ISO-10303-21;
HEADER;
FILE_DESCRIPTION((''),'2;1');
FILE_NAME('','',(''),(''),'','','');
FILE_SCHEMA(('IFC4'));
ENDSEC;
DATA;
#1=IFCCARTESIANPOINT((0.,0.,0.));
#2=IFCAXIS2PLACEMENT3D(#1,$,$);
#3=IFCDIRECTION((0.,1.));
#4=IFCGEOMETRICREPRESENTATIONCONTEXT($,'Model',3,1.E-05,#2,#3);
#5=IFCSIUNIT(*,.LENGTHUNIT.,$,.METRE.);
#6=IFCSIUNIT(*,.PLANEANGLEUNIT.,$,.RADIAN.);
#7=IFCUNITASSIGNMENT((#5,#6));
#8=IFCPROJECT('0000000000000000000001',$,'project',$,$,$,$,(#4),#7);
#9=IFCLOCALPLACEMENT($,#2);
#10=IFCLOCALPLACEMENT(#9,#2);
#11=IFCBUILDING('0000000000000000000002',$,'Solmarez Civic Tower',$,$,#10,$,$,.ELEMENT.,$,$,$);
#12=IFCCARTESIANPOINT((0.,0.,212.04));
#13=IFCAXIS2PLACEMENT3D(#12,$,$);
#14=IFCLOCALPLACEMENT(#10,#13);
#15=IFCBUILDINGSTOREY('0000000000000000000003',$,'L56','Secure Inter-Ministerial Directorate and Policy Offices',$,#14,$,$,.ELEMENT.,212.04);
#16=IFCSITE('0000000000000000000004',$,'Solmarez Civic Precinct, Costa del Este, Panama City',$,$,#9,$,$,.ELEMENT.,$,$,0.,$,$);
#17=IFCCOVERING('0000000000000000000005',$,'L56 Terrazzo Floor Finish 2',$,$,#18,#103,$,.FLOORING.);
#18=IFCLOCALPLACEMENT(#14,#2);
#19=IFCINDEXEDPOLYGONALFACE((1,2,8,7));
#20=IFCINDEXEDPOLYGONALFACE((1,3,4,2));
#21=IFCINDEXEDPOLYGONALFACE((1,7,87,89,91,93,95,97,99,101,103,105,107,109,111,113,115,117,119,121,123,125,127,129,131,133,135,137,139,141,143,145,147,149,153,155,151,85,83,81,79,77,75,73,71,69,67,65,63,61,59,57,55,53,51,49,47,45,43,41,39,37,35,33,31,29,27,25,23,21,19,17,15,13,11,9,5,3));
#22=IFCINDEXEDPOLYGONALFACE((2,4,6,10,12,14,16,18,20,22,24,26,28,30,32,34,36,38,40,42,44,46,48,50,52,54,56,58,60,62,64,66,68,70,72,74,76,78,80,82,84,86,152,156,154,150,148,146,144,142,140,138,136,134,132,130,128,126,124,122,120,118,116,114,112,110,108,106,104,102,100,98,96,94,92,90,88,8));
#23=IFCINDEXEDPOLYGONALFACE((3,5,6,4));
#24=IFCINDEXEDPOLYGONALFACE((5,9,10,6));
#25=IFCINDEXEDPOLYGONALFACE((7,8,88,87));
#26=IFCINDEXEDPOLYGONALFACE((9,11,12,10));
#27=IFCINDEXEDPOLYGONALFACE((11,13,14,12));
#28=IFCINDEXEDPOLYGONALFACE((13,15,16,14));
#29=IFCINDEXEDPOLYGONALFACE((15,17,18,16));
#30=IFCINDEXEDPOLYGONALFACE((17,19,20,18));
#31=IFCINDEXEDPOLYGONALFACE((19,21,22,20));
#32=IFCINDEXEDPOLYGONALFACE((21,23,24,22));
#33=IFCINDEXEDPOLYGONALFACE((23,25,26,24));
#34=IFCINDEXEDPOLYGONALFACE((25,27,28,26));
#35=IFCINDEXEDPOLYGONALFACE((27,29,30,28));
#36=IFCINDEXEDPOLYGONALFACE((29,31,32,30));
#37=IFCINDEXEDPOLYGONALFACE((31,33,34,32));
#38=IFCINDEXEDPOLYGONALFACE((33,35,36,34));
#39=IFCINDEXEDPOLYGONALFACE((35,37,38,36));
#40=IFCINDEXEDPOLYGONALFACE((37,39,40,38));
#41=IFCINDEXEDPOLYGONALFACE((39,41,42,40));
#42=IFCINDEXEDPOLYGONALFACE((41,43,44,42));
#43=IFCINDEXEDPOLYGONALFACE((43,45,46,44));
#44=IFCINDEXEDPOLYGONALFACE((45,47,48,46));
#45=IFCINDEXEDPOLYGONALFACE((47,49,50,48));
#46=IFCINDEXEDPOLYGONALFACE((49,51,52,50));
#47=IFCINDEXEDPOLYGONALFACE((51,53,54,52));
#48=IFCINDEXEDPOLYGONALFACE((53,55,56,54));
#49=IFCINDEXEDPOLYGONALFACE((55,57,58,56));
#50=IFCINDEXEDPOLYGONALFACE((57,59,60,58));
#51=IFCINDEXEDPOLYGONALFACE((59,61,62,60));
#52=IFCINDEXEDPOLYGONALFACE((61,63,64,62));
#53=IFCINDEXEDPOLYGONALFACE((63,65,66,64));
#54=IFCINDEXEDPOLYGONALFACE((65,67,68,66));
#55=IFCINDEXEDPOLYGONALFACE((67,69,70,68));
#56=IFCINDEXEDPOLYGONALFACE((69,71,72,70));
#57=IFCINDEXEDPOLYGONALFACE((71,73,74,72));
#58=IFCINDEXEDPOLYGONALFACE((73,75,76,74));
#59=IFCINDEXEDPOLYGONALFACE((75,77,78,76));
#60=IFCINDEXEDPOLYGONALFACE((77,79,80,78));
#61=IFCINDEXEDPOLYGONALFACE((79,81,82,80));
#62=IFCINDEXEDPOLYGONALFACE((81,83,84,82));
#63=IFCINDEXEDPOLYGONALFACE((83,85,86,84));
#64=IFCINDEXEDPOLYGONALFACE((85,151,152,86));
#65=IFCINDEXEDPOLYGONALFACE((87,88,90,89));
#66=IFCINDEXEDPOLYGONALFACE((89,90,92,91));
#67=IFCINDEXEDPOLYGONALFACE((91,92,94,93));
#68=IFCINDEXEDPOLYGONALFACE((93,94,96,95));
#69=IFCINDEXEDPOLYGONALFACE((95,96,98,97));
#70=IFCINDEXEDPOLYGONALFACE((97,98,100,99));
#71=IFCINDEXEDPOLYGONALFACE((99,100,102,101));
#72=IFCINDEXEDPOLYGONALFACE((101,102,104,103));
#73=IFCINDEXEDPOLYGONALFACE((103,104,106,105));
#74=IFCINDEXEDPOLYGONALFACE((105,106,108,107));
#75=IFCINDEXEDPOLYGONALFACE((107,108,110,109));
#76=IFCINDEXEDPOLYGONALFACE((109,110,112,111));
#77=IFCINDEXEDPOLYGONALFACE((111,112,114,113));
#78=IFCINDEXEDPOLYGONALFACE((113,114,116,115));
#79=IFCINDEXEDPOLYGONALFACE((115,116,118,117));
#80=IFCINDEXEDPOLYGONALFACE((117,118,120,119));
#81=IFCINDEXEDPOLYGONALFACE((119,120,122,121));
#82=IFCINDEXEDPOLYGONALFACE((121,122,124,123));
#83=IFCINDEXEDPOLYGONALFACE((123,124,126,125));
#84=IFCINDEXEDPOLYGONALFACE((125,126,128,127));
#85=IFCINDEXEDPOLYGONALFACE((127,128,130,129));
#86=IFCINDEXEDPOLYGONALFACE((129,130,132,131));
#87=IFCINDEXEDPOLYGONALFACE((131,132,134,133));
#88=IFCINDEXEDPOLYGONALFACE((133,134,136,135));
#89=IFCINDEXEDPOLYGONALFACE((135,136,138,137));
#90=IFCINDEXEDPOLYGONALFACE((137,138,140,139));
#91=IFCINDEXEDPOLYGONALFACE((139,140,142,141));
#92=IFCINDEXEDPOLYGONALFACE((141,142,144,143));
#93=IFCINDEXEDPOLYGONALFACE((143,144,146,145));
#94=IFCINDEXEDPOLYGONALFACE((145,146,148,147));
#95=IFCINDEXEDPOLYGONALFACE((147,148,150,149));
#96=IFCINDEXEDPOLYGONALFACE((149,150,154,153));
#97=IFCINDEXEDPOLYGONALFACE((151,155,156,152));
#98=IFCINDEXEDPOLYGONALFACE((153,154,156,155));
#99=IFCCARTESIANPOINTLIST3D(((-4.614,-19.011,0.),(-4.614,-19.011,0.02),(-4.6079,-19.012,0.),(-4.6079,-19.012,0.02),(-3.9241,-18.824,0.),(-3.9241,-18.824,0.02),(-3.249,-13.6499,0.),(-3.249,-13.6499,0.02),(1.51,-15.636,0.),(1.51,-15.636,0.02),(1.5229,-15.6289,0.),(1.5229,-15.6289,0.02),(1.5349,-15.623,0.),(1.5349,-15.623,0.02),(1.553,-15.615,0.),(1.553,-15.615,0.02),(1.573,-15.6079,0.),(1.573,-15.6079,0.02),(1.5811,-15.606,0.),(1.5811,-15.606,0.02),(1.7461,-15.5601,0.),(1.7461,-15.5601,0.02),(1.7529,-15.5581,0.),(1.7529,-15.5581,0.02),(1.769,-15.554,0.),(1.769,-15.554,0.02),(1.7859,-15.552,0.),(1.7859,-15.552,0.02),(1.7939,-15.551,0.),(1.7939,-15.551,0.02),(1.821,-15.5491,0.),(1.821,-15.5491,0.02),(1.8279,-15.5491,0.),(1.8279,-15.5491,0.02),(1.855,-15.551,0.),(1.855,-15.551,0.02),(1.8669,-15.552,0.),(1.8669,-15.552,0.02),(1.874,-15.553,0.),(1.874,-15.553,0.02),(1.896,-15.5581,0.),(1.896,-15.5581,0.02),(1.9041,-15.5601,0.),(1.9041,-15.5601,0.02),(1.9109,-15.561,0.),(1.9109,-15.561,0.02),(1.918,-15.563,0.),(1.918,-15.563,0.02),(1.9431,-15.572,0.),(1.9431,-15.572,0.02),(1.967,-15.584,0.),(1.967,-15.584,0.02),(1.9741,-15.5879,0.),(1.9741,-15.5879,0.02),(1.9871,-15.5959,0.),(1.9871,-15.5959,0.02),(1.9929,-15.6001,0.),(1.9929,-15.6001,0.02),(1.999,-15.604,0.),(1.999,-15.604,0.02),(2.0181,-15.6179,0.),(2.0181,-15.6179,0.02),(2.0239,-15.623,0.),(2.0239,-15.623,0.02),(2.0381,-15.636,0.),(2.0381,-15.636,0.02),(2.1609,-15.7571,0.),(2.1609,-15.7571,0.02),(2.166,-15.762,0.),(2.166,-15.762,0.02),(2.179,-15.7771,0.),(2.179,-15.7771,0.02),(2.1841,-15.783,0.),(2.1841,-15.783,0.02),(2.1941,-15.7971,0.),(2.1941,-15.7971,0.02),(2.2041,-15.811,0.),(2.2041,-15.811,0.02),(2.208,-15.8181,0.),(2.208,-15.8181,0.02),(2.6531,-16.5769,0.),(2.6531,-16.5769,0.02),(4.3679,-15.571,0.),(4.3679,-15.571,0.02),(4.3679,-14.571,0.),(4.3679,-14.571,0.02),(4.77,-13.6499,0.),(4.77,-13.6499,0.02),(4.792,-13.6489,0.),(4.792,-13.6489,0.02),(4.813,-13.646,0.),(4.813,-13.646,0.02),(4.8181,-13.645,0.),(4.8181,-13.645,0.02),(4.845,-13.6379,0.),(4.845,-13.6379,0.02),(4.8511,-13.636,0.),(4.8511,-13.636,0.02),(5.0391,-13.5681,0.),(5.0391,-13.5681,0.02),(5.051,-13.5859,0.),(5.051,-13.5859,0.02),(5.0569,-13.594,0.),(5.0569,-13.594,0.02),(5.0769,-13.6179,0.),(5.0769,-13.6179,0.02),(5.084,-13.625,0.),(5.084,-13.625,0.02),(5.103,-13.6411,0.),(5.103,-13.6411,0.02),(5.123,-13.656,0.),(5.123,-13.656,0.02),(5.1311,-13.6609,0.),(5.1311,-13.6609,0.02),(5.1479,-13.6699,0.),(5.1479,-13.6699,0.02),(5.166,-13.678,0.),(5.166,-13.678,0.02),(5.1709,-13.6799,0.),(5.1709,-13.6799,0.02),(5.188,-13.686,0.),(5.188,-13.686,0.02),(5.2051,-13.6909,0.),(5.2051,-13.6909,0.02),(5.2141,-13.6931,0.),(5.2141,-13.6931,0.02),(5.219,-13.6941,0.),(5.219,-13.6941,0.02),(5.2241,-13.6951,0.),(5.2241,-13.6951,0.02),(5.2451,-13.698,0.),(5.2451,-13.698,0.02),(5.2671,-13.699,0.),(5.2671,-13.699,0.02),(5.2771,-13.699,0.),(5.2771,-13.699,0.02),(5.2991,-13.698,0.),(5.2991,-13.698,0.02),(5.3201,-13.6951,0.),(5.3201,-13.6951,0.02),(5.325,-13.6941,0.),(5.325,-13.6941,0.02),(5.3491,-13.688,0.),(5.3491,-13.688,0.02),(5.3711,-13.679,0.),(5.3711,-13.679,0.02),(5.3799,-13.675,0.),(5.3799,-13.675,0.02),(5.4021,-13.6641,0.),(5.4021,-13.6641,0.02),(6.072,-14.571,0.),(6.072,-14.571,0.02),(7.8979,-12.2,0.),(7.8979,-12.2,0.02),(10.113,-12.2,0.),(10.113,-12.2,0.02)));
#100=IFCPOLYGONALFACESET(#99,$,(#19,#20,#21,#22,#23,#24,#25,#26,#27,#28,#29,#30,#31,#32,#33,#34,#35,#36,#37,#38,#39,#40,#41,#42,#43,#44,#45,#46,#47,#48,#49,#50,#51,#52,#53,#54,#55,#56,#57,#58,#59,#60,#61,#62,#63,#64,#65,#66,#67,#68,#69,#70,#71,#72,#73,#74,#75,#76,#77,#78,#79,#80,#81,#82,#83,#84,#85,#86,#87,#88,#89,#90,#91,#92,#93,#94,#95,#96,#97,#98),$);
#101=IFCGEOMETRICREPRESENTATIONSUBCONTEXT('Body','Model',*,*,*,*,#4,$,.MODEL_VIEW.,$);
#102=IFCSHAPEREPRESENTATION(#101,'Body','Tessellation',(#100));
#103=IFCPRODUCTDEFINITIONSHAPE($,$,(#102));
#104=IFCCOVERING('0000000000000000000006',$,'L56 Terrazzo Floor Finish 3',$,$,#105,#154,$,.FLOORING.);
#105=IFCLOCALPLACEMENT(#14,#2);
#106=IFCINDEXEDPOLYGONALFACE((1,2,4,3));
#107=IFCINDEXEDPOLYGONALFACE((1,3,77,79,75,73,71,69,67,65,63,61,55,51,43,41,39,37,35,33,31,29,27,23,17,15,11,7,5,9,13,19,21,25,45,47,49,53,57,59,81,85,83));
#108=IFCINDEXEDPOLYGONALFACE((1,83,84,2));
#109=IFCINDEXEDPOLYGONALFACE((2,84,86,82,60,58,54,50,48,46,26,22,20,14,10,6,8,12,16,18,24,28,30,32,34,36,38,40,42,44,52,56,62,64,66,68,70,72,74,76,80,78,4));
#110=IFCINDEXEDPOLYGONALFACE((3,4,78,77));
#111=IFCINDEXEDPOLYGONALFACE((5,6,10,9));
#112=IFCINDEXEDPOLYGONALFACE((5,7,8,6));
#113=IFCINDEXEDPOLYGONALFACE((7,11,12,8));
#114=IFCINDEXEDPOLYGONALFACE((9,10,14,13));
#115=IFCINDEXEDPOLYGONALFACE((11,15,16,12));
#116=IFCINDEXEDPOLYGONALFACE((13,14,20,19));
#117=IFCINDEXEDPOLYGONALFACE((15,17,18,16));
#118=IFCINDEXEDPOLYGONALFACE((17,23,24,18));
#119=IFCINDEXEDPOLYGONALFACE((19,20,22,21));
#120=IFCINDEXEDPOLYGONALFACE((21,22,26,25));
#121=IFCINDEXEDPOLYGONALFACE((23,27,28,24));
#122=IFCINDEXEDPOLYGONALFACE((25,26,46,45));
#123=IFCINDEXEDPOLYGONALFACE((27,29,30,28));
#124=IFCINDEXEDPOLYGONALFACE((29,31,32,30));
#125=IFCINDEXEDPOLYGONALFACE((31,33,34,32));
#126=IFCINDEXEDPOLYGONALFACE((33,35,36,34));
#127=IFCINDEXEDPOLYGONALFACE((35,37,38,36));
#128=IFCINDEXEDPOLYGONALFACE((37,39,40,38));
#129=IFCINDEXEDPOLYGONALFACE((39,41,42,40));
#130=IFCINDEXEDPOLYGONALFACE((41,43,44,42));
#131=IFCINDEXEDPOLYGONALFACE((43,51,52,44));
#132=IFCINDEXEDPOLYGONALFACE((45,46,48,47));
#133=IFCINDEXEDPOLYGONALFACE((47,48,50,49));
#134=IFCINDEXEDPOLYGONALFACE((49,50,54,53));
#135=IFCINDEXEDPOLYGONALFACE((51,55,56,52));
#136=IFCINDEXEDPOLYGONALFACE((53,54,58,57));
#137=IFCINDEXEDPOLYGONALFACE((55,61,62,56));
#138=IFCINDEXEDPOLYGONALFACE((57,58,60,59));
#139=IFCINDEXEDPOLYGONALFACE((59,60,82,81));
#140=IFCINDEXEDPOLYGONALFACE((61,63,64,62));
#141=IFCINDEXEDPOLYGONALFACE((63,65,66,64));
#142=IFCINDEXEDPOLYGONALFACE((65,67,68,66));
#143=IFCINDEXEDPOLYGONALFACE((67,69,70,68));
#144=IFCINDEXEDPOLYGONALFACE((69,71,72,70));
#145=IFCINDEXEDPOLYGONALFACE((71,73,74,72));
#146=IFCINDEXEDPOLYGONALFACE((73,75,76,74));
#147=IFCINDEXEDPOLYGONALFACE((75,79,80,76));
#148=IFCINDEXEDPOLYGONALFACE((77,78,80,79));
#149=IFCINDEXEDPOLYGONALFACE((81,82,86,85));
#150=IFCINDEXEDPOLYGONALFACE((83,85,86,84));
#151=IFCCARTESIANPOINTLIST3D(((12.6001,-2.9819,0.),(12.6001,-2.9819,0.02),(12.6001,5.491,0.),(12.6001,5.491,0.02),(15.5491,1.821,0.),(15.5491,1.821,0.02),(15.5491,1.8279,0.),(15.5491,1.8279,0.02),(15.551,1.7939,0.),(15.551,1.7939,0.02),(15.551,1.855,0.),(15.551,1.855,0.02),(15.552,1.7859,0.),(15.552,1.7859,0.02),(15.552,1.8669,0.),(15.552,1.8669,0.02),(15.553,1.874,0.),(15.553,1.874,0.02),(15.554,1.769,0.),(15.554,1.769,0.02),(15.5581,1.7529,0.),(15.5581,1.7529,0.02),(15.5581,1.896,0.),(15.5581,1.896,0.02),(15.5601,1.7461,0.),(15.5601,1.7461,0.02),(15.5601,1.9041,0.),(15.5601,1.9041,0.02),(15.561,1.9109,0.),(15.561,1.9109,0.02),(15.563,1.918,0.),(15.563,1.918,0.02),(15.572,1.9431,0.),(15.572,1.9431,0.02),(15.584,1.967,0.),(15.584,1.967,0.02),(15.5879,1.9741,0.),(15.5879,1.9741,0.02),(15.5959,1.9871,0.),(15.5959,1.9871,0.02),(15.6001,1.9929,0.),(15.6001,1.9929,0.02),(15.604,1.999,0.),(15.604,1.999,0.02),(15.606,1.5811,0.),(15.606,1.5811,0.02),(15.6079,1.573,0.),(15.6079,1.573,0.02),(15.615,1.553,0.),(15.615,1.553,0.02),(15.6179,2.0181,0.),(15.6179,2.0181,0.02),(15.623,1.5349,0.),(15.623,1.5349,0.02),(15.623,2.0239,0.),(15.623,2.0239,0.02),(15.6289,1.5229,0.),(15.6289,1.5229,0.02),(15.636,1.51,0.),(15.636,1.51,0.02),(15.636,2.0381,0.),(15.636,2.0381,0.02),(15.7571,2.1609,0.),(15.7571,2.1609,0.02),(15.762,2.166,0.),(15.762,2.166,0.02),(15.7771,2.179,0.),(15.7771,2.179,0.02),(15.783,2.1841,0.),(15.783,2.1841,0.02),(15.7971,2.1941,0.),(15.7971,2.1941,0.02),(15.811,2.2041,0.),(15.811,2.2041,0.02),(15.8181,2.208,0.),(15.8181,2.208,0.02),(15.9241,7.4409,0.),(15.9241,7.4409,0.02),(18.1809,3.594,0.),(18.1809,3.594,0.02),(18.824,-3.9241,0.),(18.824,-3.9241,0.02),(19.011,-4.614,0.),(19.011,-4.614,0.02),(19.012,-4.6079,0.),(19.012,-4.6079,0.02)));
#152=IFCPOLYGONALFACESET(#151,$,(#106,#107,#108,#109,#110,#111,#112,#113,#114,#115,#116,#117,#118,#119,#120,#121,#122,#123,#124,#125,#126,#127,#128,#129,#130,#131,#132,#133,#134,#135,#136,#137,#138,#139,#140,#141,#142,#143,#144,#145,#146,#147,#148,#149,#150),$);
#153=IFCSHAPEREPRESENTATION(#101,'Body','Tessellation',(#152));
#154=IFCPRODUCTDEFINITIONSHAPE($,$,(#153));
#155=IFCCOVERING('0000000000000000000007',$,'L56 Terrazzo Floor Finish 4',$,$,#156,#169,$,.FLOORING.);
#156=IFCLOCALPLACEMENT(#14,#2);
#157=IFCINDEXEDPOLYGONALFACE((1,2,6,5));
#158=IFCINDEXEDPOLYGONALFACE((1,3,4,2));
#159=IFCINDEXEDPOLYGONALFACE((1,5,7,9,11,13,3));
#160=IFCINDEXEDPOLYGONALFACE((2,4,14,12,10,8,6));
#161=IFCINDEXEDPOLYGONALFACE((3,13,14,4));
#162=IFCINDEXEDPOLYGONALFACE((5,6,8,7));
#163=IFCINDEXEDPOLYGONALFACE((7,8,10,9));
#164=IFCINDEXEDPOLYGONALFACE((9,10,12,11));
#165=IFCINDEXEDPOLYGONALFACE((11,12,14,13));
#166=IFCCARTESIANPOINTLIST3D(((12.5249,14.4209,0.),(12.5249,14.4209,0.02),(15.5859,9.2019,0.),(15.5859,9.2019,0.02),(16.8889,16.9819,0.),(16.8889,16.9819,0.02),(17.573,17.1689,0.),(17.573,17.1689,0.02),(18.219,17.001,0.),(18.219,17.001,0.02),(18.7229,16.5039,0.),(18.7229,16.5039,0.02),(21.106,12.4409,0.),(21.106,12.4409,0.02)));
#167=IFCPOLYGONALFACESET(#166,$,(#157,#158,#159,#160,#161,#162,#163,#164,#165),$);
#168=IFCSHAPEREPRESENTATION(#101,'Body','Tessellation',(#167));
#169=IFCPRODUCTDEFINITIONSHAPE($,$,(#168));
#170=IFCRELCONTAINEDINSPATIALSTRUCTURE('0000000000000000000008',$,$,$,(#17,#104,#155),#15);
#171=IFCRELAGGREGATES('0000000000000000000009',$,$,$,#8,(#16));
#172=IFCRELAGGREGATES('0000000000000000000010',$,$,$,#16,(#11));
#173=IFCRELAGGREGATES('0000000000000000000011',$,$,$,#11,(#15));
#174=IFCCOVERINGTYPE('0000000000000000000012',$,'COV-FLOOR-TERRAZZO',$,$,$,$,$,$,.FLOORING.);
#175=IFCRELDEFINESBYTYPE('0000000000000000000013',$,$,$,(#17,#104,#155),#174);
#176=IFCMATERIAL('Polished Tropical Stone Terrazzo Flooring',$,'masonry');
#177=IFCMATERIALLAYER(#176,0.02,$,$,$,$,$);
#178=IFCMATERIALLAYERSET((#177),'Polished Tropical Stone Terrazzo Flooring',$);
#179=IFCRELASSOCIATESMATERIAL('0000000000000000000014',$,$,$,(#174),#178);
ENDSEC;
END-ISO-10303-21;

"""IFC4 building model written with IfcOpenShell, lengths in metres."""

from ifc_helpers import new_model, si_unit, direction, frame, origin, place, context, subcontext, project, spatial, polyline, outline, extrude, material, layer, layer_set, type_object, element, save


model = new_model("IFC4")

# Units and contexts
model_context = context("Model", 3, precision=1e-05, world=origin(), true_north=direction((0.0, 1.0)))
body_context = subcontext(model_context, "Body", "Model", "MODEL_VIEW")
ifc_project = project(units=[si_unit("LENGTHUNIT", "METRE"), si_unit("PLANEANGLEUNIT", "RADIAN")], contexts=[model_context])

# Site, building, storey
site_placement = place(None, origin())
site = spatial("IfcSite", under=ifc_project, at=site_placement, Name="Solmarez Civic Precinct, Costa del Este, Panama City", CompositionType="ELEMENT", RefElevation=0.0)
building_placement = place(site_placement, origin())
building = spatial("IfcBuilding", under=site, at=building_placement, Name="Solmarez Civic Tower", CompositionType="ELEMENT")
storey_placement = place(building_placement, frame((0.0, 0.0, 212.04)))
storey = spatial("IfcBuildingStorey", under=building, at=storey_placement, Name="L56", Description="Secure Inter-Ministerial Directorate and Policy Offices", CompositionType="ELEMENT", Elevation=212.04)

# Coverings
ifc_material_1 = material(Name="Polished Tropical Stone Terrazzo Flooring", Category="masonry")
ifc_layer_1 = layer(ifc_material_1, 0.02)
ifc_layer_set_1 = layer_set([ifc_layer_1], Name="Polished Tropical Stone Terrazzo Flooring")
covering_type_1 = type_object("IfcCoveringType", Name="COV-FLOOR-TERRAZZO", PredefinedType="FLOORING", material=ifc_layer_set_1)
covering_1_placement = place(storey_placement, origin())
element("IfcCovering", 1, at=covering_1_placement, inside=storey, type_object=covering_type_1, Name="L56 Terrazzo Floor Finish 2", PredefinedType="FLOORING", context=body_context, shape_type="SweptSolid", body=[
    extrude(outline(polyline([(5.0391, -13.5681), (4.8511, -13.636), (4.845, -13.6379), (4.8181, -13.645), (4.813, -13.646), (4.792, -13.6489), (4.77, -13.6499), (-3.249, -13.6499), (-4.614, -19.011), (-4.6079, -19.012), (-3.9241, -18.824), (1.51, -15.636), (1.5229, -15.6289), (1.5349, -15.623), (1.553, -15.615), (1.573, -15.6079), (1.5811, -15.606), (1.7461, -15.5601), (1.7529, -15.5581), (1.769, -15.554), (1.7859, -15.552), (1.7939, -15.551), (1.821, -15.5491), (1.8279, -15.5491), (1.855, -15.551), (1.8669, -15.552), (1.874, -15.553), (1.896, -15.5581), (1.9041, -15.5601), (1.9109, -15.561), (1.918, -15.563), (1.9431, -15.572), (1.967, -15.584), (1.9741, -15.5879), (1.9871, -15.5959), (1.9929, -15.6001), (1.999, -15.604), (2.0181, -15.6179), (2.0239, -15.623), (2.0381, -15.636), (2.1609, -15.7571), (2.166, -15.762), (2.179, -15.7771), (2.1841, -15.783), (2.1941, -15.7971), (2.2041, -15.811), (2.208, -15.8181), (2.6531, -16.5769), (4.3679, -15.571), (4.3679, -14.571), (6.072, -14.571), (10.113, -12.2), (7.8979, -12.2), (5.4021, -13.6641), (5.3799, -13.675), (5.3711, -13.679), (5.3491, -13.688), (5.325, -13.6941), (5.3201, -13.6951), (5.2991, -13.698), (5.2771, -13.699), (5.2671, -13.699), (5.2451, -13.698), (5.2241, -13.6951), (5.219, -13.6941), (5.2141, -13.6931), (5.2051, -13.6909), (5.188, -13.686), (5.1709, -13.6799), (5.166, -13.678), (5.1479, -13.6699), (5.1311, -13.6609), (5.123, -13.656), (5.103, -13.6411), (5.084, -13.625), (5.0769, -13.6179), (5.0569, -13.594), (5.051, -13.5859), (5.0391, -13.5681)])), origin(), (0.0, 0.0, 1.0), 0.02),
])
covering_2_placement = place(storey_placement, origin())
element("IfcCovering", 2, at=covering_2_placement, inside=storey, type_object=covering_type_1, Name="L56 Terrazzo Floor Finish 3", PredefinedType="FLOORING", context=body_context, shape_type="SweptSolid", body=[
    extrude(outline(polyline([(12.6001, 5.491), (12.6001, -2.9819), (19.011, -4.614), (19.012, -4.6079), (18.824, -3.9241), (15.636, 1.51), (15.6289, 1.5229), (15.623, 1.5349), (15.615, 1.553), (15.6079, 1.573), (15.606, 1.5811), (15.5601, 1.7461), (15.5581, 1.7529), (15.554, 1.769), (15.552, 1.7859), (15.551, 1.7939), (15.5491, 1.821), (15.5491, 1.8279), (15.551, 1.855), (15.552, 1.8669), (15.553, 1.874), (15.5581, 1.896), (15.5601, 1.9041), (15.561, 1.9109), (15.563, 1.918), (15.572, 1.9431), (15.584, 1.967), (15.5879, 1.9741), (15.5959, 1.9871), (15.6001, 1.9929), (15.604, 1.999), (15.6179, 2.0181), (15.623, 2.0239), (15.636, 2.0381), (15.7571, 2.1609), (15.762, 2.166), (15.7771, 2.179), (15.783, 2.1841), (15.7971, 2.1941), (15.811, 2.2041), (15.8181, 2.208), (18.1809, 3.594), (15.9241, 7.4409), (12.6001, 5.491)])), origin(), (0.0, 0.0, 1.0), 0.02),
])
covering_3_placement = place(storey_placement, origin())
element("IfcCovering", 3, at=covering_3_placement, inside=storey, type_object=covering_type_1, Name="L56 Terrazzo Floor Finish 4", PredefinedType="FLOORING", context=body_context, shape_type="SweptSolid", body=[
    extrude(outline(polyline([(21.106, 12.4409), (18.7229, 16.5039), (18.219, 17.001), (17.573, 17.1689), (16.8889, 16.9819), (12.5249, 14.4209), (15.5859, 9.2019), (21.106, 12.4409)])), origin(), (0.0, 0.0, 1.0), 0.02),
])

save(model, "model.ifc")
